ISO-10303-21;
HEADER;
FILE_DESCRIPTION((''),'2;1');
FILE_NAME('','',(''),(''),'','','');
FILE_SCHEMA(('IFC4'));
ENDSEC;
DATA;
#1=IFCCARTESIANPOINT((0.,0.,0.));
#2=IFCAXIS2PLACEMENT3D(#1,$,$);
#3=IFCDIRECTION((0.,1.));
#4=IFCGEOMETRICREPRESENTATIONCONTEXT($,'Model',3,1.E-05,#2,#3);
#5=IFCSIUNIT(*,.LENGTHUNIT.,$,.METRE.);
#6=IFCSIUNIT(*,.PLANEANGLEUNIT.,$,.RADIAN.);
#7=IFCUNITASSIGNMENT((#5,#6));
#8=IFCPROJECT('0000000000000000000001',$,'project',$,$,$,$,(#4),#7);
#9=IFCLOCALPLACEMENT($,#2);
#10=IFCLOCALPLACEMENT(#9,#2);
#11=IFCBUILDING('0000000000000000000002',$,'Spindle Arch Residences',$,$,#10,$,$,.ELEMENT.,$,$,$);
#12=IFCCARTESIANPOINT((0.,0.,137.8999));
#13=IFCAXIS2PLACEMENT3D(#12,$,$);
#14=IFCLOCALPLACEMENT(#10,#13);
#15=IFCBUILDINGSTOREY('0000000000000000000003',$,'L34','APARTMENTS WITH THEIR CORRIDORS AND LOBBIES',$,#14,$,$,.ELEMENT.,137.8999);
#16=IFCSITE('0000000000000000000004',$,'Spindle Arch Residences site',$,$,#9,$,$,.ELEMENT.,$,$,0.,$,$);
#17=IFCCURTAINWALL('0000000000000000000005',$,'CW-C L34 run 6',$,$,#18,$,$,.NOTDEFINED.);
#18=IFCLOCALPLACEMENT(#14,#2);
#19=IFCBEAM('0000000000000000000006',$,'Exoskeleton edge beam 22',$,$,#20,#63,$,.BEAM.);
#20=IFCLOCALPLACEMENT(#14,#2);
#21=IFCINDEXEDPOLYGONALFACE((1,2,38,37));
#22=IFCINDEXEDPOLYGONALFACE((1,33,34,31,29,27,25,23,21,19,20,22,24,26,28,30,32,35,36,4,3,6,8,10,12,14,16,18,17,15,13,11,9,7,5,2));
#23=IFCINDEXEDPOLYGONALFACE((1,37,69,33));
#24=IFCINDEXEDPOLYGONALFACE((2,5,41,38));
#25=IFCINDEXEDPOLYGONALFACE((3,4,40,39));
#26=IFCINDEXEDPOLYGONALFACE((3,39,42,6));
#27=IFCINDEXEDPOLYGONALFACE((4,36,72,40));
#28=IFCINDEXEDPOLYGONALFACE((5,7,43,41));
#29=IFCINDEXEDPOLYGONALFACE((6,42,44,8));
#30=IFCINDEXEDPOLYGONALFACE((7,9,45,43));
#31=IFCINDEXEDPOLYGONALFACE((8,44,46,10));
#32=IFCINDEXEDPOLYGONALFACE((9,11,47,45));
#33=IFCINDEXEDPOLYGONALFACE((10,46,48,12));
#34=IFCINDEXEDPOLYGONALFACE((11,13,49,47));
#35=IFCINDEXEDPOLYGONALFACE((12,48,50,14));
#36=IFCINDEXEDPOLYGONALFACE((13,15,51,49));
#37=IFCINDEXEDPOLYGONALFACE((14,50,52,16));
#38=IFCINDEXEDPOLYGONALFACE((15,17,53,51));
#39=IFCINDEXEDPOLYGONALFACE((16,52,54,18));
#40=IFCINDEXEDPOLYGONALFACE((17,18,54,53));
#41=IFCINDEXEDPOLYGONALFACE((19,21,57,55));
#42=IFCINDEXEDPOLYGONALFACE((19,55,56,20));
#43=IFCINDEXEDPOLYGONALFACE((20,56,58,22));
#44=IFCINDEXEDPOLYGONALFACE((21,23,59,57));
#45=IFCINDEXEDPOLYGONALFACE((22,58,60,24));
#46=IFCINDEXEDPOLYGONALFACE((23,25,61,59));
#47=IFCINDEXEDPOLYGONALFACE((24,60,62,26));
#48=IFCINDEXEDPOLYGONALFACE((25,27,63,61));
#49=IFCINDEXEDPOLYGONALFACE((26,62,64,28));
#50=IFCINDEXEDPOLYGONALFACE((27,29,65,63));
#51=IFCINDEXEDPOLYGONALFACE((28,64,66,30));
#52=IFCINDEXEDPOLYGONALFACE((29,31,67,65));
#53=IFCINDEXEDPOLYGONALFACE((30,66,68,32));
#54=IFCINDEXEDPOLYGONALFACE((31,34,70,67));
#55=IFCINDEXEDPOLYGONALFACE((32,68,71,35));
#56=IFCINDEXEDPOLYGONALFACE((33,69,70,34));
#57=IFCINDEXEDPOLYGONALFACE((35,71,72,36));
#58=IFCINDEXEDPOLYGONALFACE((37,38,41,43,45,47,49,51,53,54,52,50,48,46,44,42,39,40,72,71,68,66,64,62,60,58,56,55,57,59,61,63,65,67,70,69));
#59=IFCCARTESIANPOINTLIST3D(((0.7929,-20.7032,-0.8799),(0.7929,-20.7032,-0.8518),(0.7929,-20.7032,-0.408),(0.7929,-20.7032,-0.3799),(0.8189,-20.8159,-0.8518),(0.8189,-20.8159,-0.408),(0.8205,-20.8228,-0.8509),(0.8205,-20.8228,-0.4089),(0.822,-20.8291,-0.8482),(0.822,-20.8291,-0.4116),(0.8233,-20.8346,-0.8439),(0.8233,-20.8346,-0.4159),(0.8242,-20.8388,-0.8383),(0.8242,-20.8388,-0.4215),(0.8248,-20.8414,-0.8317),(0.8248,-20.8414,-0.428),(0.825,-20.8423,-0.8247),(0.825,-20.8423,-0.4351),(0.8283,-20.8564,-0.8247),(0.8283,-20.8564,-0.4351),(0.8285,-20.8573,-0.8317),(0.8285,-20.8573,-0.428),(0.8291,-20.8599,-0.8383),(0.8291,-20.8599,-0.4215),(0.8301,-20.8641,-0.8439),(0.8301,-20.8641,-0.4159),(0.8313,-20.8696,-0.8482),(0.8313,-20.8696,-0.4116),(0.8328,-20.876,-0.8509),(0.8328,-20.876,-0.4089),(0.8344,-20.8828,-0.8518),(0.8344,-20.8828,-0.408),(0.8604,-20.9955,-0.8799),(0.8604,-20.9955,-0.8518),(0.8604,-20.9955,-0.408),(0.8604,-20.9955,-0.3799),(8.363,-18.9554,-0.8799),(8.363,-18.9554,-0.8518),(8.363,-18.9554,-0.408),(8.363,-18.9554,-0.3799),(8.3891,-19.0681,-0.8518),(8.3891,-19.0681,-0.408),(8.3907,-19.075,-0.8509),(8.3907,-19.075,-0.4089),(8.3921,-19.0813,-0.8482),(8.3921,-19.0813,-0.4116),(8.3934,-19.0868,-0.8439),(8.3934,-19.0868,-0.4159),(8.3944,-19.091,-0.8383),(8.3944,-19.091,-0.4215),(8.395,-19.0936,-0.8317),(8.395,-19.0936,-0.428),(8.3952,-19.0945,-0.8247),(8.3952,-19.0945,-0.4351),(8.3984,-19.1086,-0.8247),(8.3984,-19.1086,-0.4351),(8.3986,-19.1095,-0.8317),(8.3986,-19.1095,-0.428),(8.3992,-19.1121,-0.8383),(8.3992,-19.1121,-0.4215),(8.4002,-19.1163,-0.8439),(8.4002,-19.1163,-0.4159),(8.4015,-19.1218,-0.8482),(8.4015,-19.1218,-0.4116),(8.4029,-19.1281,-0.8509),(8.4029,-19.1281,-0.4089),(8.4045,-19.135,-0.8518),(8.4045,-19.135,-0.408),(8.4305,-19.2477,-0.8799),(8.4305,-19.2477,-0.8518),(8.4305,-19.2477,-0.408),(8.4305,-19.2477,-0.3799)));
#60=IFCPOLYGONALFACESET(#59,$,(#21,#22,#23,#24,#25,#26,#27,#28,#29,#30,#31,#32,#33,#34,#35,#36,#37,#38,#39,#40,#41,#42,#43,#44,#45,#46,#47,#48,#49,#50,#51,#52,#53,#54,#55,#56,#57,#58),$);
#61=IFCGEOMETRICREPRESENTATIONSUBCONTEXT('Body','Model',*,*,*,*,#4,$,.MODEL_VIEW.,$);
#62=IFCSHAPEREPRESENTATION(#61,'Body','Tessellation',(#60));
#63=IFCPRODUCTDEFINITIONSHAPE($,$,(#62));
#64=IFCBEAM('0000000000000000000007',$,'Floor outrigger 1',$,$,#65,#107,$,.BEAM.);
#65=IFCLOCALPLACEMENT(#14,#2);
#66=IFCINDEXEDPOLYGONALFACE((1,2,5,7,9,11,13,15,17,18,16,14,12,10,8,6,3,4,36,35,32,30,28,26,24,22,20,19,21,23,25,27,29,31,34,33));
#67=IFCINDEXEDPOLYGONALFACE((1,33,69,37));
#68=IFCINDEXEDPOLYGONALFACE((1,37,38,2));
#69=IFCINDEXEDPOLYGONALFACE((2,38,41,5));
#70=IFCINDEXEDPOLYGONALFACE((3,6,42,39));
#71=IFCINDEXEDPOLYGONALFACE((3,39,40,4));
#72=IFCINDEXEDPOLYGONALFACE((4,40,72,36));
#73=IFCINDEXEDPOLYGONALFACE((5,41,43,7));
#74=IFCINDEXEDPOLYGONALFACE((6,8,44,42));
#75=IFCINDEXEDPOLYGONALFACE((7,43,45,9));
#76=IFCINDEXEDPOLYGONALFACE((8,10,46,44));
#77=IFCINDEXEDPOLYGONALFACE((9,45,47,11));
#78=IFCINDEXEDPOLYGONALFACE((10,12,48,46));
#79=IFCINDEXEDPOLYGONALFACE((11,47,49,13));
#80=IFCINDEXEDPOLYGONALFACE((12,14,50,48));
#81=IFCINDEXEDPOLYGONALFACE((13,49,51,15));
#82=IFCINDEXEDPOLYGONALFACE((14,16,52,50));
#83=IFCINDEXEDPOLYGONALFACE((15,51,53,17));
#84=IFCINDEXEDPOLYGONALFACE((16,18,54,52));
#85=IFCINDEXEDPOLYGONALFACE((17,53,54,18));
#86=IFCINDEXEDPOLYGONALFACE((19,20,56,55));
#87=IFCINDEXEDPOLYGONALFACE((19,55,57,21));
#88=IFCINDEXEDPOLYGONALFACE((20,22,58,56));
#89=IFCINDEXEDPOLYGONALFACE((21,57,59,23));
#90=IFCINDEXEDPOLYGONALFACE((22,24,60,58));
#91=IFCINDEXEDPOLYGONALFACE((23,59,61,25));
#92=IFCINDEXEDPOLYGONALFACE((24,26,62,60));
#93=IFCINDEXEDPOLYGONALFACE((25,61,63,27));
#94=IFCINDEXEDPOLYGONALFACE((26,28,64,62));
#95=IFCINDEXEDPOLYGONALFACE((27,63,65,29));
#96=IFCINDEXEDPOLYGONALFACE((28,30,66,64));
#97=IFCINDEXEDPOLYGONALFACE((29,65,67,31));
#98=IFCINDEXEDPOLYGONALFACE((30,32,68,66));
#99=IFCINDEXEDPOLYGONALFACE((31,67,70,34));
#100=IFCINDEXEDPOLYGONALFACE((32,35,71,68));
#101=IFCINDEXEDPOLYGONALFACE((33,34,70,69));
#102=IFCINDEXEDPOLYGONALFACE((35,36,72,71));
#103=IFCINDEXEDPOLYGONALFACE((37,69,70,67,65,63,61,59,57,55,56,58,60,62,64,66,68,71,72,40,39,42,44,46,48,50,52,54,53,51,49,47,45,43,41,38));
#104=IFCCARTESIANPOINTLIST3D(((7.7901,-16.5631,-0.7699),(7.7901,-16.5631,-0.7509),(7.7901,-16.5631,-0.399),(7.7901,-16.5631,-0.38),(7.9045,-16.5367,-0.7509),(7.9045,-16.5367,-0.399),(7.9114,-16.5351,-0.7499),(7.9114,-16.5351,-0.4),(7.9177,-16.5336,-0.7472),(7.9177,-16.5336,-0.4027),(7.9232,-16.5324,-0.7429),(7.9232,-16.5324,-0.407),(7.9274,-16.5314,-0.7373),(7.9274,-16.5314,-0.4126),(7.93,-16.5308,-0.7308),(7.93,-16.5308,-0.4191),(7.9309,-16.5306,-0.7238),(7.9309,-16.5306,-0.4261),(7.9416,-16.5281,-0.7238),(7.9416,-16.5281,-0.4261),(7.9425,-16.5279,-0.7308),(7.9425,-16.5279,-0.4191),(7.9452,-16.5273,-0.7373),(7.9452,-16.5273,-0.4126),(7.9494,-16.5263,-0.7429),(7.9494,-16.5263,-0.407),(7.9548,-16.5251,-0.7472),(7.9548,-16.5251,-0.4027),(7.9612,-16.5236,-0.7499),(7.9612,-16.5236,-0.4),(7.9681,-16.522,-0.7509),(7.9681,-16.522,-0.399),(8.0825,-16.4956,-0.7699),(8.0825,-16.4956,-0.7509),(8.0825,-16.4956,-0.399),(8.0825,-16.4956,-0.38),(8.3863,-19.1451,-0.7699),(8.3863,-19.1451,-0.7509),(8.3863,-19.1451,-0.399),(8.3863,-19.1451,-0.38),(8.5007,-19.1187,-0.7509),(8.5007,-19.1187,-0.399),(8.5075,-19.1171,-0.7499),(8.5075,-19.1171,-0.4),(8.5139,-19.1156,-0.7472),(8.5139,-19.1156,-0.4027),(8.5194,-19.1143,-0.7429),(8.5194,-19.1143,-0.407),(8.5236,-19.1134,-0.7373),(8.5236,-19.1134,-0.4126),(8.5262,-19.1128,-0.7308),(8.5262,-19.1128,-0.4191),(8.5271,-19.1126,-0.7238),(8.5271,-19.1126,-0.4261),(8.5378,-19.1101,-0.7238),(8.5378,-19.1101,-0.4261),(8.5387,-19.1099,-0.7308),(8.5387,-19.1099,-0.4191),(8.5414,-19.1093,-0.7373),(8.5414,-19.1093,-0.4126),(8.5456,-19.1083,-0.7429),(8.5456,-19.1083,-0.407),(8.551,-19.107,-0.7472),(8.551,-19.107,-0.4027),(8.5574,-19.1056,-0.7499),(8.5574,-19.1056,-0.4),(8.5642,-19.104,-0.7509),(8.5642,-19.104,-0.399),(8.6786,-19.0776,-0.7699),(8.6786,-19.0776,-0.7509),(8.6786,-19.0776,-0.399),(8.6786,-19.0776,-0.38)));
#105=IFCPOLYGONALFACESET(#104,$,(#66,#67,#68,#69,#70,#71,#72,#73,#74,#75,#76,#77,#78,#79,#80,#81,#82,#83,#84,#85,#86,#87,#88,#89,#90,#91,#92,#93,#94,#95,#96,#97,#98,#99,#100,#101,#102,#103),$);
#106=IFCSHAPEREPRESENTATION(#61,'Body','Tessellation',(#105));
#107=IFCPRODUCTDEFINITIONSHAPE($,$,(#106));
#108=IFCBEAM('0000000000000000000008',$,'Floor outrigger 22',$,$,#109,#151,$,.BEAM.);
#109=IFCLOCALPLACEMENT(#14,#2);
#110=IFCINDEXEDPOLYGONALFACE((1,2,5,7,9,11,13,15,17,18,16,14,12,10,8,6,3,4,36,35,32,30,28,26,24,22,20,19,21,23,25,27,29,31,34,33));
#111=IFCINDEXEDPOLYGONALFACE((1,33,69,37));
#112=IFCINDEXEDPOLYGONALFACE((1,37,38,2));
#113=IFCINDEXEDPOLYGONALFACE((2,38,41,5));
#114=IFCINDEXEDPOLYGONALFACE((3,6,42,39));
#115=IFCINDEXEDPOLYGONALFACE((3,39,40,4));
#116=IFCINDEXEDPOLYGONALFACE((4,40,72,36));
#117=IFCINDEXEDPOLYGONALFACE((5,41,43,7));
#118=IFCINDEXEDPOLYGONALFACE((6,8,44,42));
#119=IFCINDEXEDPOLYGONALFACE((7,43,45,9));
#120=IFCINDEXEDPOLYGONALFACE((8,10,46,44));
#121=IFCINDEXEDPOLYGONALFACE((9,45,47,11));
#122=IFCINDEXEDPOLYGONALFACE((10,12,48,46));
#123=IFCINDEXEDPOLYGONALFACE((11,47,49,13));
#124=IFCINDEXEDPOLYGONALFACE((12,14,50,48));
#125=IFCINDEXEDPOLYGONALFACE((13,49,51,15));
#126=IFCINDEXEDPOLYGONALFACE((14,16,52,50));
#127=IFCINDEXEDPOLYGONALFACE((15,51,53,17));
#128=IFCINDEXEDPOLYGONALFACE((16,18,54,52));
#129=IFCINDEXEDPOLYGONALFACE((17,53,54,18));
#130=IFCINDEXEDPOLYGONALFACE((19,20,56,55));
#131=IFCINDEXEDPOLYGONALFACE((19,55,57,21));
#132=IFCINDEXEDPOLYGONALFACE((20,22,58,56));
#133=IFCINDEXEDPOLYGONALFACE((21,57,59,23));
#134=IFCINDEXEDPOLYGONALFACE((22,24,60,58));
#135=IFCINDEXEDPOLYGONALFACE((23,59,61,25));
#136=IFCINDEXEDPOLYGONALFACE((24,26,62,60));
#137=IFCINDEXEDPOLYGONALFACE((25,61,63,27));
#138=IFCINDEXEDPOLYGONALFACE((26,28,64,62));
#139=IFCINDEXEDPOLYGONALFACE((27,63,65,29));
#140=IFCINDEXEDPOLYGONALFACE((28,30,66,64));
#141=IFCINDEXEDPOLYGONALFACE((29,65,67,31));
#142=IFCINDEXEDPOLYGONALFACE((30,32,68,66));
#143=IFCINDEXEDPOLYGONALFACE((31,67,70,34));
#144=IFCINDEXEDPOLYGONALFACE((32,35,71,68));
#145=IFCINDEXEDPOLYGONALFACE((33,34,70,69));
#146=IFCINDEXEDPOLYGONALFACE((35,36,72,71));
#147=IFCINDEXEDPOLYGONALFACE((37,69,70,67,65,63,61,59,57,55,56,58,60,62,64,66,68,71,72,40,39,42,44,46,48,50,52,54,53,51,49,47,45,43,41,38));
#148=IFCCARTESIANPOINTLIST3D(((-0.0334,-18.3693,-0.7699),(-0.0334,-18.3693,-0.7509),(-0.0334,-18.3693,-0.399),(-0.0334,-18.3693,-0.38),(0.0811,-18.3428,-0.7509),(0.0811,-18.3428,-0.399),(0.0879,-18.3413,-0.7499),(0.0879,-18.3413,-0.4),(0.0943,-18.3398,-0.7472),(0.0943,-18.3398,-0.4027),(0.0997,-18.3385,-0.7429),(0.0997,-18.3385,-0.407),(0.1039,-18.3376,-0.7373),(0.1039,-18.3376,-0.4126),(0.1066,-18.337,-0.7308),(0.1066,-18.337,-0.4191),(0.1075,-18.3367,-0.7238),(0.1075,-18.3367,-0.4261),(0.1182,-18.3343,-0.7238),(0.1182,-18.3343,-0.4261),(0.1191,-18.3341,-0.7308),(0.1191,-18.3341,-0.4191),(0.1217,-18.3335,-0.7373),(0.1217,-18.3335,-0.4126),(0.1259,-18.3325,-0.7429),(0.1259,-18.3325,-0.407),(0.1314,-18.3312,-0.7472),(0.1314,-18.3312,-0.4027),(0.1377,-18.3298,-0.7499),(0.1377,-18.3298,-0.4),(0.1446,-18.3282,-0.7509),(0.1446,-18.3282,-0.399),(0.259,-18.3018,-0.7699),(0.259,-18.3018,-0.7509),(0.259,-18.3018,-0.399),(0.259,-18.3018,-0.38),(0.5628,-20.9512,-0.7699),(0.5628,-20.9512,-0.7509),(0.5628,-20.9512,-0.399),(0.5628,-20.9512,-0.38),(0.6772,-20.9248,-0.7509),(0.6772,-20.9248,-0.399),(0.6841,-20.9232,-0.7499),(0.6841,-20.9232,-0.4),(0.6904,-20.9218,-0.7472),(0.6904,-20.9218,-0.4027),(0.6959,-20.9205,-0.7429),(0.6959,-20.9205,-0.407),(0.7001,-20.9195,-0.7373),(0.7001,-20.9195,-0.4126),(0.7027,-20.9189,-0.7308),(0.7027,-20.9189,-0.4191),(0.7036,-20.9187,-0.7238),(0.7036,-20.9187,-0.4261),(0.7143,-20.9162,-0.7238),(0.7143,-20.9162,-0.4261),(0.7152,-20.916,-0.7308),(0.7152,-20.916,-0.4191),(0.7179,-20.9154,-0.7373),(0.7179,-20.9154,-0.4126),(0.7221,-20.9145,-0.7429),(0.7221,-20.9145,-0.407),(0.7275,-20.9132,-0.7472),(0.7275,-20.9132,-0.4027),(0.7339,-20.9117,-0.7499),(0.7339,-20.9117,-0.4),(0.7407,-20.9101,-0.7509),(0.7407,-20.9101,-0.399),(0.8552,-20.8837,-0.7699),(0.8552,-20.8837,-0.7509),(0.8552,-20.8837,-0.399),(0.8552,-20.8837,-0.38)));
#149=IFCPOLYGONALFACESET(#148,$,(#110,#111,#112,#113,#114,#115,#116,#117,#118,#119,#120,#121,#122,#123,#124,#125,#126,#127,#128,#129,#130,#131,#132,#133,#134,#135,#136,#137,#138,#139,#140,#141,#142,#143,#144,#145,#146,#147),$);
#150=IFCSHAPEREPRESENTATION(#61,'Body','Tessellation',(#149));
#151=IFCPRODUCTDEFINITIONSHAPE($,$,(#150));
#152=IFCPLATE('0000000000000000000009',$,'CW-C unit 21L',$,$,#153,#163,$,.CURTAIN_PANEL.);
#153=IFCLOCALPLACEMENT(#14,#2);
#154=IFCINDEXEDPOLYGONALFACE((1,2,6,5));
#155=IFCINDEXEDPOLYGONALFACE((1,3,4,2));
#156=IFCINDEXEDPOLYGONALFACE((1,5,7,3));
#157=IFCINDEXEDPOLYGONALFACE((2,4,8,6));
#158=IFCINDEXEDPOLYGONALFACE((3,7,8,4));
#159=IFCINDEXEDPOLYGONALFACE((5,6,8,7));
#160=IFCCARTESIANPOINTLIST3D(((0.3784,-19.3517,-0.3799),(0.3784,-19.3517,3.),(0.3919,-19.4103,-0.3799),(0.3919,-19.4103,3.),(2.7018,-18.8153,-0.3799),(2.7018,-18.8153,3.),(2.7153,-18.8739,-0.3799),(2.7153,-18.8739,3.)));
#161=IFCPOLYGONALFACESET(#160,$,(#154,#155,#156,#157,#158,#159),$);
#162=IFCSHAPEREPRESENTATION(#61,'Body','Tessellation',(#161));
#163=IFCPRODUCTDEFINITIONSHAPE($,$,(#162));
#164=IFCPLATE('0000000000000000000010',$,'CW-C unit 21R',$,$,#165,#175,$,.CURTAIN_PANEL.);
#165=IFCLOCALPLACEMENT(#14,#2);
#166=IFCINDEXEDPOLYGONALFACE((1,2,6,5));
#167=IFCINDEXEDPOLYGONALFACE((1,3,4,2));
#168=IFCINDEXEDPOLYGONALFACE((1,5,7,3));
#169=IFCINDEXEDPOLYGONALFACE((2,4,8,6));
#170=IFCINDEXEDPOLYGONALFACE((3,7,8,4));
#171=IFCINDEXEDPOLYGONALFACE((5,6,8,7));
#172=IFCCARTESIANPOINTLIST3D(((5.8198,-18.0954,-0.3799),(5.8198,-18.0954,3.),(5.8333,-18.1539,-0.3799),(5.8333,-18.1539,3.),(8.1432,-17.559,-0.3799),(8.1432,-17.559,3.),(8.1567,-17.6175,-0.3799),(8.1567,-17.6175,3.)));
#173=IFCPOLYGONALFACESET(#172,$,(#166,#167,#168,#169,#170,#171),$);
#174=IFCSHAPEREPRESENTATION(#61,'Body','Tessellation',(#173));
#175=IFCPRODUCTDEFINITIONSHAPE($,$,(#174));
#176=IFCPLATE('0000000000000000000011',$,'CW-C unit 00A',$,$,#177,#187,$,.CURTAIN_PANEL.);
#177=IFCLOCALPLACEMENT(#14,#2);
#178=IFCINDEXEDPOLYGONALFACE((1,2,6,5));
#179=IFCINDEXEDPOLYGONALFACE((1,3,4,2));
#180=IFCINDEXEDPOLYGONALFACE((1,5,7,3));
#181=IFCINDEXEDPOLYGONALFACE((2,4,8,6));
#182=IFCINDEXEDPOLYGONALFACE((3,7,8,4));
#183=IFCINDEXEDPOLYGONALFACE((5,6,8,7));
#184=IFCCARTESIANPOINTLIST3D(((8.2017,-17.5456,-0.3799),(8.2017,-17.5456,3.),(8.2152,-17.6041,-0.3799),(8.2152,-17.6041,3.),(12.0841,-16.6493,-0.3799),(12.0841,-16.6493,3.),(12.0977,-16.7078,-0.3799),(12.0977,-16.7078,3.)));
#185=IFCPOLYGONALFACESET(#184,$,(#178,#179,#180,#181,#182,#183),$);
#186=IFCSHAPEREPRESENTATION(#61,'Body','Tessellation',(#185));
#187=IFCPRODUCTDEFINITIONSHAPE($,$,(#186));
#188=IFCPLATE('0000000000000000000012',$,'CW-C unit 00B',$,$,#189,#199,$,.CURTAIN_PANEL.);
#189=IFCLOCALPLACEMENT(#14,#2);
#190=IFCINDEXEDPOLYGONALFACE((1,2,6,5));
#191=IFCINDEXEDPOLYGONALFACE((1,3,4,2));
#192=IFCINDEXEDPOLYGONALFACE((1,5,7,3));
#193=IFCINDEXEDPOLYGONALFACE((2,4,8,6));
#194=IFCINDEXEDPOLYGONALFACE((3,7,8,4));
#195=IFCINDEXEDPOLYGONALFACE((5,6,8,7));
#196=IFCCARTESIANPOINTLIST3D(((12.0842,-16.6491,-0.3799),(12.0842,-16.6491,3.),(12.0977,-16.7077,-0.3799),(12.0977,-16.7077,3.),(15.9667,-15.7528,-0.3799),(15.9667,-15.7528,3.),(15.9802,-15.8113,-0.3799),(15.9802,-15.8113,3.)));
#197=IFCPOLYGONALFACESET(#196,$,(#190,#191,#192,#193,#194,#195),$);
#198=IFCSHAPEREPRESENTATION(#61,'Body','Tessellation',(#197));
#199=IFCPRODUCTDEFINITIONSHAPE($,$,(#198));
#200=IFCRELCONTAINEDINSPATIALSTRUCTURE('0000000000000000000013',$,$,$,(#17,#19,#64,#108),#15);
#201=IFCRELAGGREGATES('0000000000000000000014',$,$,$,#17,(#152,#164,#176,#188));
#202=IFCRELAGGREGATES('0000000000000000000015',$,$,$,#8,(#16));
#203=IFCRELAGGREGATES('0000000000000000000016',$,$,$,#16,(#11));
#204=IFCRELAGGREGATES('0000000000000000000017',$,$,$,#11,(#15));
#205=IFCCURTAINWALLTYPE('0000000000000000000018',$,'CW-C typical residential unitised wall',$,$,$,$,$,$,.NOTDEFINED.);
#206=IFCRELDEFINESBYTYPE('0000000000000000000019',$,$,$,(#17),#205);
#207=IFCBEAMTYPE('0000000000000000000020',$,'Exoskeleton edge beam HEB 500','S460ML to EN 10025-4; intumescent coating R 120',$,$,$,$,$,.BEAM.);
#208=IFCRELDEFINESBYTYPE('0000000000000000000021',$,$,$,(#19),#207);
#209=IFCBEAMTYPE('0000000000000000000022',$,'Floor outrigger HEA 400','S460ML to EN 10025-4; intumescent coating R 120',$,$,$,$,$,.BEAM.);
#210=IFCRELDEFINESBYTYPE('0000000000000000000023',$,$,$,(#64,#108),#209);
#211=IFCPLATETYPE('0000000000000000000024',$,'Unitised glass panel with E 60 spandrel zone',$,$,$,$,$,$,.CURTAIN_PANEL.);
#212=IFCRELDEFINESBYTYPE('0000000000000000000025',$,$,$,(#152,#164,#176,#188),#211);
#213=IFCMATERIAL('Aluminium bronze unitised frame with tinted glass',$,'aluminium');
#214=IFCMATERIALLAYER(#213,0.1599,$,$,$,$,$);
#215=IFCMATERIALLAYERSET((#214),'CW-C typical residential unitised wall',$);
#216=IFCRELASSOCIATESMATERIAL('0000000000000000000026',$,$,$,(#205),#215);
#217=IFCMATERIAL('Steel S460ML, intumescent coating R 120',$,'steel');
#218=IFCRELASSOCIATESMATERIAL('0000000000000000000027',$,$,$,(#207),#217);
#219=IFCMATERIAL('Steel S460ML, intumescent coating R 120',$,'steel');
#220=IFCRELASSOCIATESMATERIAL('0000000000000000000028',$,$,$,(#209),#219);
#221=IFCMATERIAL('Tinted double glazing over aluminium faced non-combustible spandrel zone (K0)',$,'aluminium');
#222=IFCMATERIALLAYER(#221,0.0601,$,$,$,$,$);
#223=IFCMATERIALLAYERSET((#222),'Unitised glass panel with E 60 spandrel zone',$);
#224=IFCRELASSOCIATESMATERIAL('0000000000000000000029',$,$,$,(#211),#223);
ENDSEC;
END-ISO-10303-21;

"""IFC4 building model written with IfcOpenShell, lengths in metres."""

from ifc_helpers import new_model, si_unit, direction, frame, origin, origin_2d, place, context, subcontext, project, spatial, rectangle, i_section, extrude, material, layer, layer_set, material_profile, profile_set, type_object, element, aggregate, save


model = new_model("IFC4")

# Units and contexts
model_context = context("Model", 3, precision=1e-05, world=origin(), true_north=direction((0.0, 1.0)))
body_context = subcontext(model_context, "Body", "Model", "MODEL_VIEW")
ifc_project = project(units=[si_unit("LENGTHUNIT", "METRE"), si_unit("PLANEANGLEUNIT", "RADIAN")], contexts=[model_context])

# Site, building, storey
site_placement = place(None, origin())
site = spatial("IfcSite", under=ifc_project, at=site_placement, Name="Spindle Arch Residences site", CompositionType="ELEMENT", RefElevation=0.0)
building_placement = place(site_placement, origin())
building = spatial("IfcBuilding", under=site, at=building_placement, Name="Spindle Arch Residences", CompositionType="ELEMENT")
storey_placement = place(building_placement, frame((0.0, 0.0, 137.8999)))
storey = spatial("IfcBuildingStorey", under=building, at=storey_placement, Name="L34", Description="APARTMENTS WITH THEIR CORRIDORS AND LOBBIES", CompositionType="ELEMENT", Elevation=137.8999)

# Curtain wall
ifc_material_1 = material(Name="Aluminium bronze unitised frame with tinted glass", Category="aluminium")
ifc_layer_1 = layer(ifc_material_1, 0.1599)
ifc_layer_set_1 = layer_set([ifc_layer_1], Name="CW-C typical residential unitised wall")
curtain_wall_type = type_object("IfcCurtainWallType", Name="CW-C typical residential unitised wall", PredefinedType="NOTDEFINED", material=ifc_layer_set_1)
curtain_wall_placement = place(storey_placement, origin())
curtain_wall = element("IfcCurtainWall", 1, at=curtain_wall_placement, inside=storey, type_object=curtain_wall_type, Name="CW-C L34 run 6", PredefinedType="NOTDEFINED")

# Beams
ifc_material_2 = material(Name="Steel S460ML, intumescent coating R 120", Category="steel")
ifc_material_profile_1 = material_profile(ifc_material_2, i_section(OverallWidth=0.3, OverallDepth=0.5, WebThickness=0.0144, FlangeThickness=0.0281, FilletRadius=0.0271, at=origin_2d()), Name="HEB 500")
ifc_profile_set_1 = profile_set([ifc_material_profile_1], Name="Steel S460ML, intumescent coating R 120")
beam_type_1 = type_object("IfcBeamType", Name="Exoskeleton edge beam HEB 500", Description="S460ML to EN 10025-4; intumescent coating R 120", PredefinedType="BEAM", material=ifc_profile_set_1)
beam_1_placement = place(storey_placement, frame((0.8267, -20.8494, -0.6299), z_axis=(0.974367, 0.224965, 0.0), x_axis=(-0.224965, 0.974367, 0.0)))
element("IfcBeam", 2, at=beam_1_placement, inside=storey, type_object=beam_type_1, Name="Exoskeleton edge beam 22", PredefinedType="BEAM", context=body_context, shape_type="SweptSolid", body=[
    extrude(i_section(OverallWidth=0.3, OverallDepth=0.5, WebThickness=0.0144, FlangeThickness=0.0281, FilletRadius=0.0271, at=origin_2d()), origin(), (0.0, 0.0, 1.0), 7.7693),
])
ifc_material_3 = material(Name="Steel S460ML, intumescent coating R 120", Category="steel")
ifc_material_profile_2 = material_profile(ifc_material_3, i_section(OverallWidth=0.3, OverallDepth=0.3899, WebThickness=0.011, FlangeThickness=0.019, FilletRadius=0.0271, at=origin_2d()), Name="HEA 400")
ifc_profile_set_2 = profile_set([ifc_material_profile_2], Name="Steel S460ML, intumescent coating R 120")
beam_type_2 = type_object("IfcBeamType", Name="Floor outrigger HEA 400", Description="S460ML to EN 10025-4; intumescent coating R 120", PredefinedType="BEAM", material=ifc_profile_set_2)
for number, where, z_axis, x_axis, name in (
    (3, (8.5325, -19.1113, -0.575), (-0.224981, 0.974363, 0.0), (-0.974363, -0.224981, 0.0), "Floor outrigger 1"),
    (4, (0.709, -20.9175, -0.575), (-0.224981, 0.974363, 0.0), (-0.974363, -0.224981, 0.0), "Floor outrigger 22"),
):
    element("IfcBeam", number, at=place(storey_placement, frame(where, z_axis=z_axis, x_axis=x_axis)), inside=storey, type_object=beam_type_2, Name=name, PredefinedType="BEAM", context=body_context, shape_type="SweptSolid", body=[
        extrude(i_section(OverallWidth=0.3, OverallDepth=0.3899, WebThickness=0.011, FlangeThickness=0.019, FilletRadius=0.0271, at=origin_2d()), origin(), (0.0, 0.0, 1.0), 2.6499),
    ])

# Plates
ifc_material_4 = material(Name="Tinted double glazing over aluminium faced non-combustible spandrel zone (K0)", Category="aluminium")
ifc_layer_2 = layer(ifc_material_4, 0.0601)
ifc_layer_set_2 = layer_set([ifc_layer_2], Name="Unitised glass panel with E 60 spandrel zone")
plate_type = type_object("IfcPlateType", Name="Unitised glass panel with E 60 spandrel zone", PredefinedType="CURTAIN_PANEL", material=ifc_layer_set_2)
plate_1_placement = place(storey_placement, frame((1.5469, -19.1128, -0.3799), z_axis=(0.0, 0.0, 1.0), x_axis=(0.97437, 0.224951, 0.0)))
plate_1 = element("IfcPlate", 5, at=plate_1_placement, type_object=plate_type, Name="CW-C unit 21L", PredefinedType="CURTAIN_PANEL", context=body_context, shape_type="SweptSolid", body=[
    extrude(rectangle(XDim=2.3845, YDim=0.0601, at=origin_2d()), origin(), (0.0, 0.0, 1.0), 3.3799),
])
plate_2_placement = place(storey_placement, frame((6.9883, -17.8564, -0.3799), z_axis=(0.0, 0.0, 1.0), x_axis=(0.97437, 0.224951, 0.0)))
plate_2 = element("IfcPlate", 6, at=plate_2_placement, type_object=plate_type, Name="CW-C unit 21R", PredefinedType="CURTAIN_PANEL", context=body_context, shape_type="SweptSolid", body=[
    extrude(rectangle(XDim=2.3845, YDim=0.0601, at=origin_2d()), origin(), (0.0, 0.0, 1.0), 3.3799),
])
plate_3_placement = place(storey_placement, frame((10.1497, -17.1267, -0.3799), z_axis=(0.0, 0.0, 1.0), x_axis=(0.97437, 0.224951, 0.0)))
plate_3 = element("IfcPlate", 7, at=plate_3_placement, type_object=plate_type, Name="CW-C unit 00A", PredefinedType="CURTAIN_PANEL", context=body_context, shape_type="SweptSolid", body=[
    extrude(rectangle(XDim=3.9846, YDim=0.0601, at=origin_2d()), origin(), (0.0, 0.0, 1.0), 3.3799),
])
plate_4_placement = place(storey_placement, frame((14.0322, -16.2302, -0.3799), z_axis=(0.0, 0.0, 1.0), x_axis=(0.97437, 0.224951, 0.0)))
plate_4 = element("IfcPlate", 8, at=plate_4_placement, type_object=plate_type, Name="CW-C unit 00B", PredefinedType="CURTAIN_PANEL", context=body_context, shape_type="SweptSolid", body=[
    extrude(rectangle(XDim=3.9846, YDim=0.0601, at=origin_2d()), origin(), (0.0, 0.0, 1.0), 3.3799),
])
aggregate(curtain_wall, [plate_1, plate_2, plate_3, plate_4])

save(model, "model.ifc")
